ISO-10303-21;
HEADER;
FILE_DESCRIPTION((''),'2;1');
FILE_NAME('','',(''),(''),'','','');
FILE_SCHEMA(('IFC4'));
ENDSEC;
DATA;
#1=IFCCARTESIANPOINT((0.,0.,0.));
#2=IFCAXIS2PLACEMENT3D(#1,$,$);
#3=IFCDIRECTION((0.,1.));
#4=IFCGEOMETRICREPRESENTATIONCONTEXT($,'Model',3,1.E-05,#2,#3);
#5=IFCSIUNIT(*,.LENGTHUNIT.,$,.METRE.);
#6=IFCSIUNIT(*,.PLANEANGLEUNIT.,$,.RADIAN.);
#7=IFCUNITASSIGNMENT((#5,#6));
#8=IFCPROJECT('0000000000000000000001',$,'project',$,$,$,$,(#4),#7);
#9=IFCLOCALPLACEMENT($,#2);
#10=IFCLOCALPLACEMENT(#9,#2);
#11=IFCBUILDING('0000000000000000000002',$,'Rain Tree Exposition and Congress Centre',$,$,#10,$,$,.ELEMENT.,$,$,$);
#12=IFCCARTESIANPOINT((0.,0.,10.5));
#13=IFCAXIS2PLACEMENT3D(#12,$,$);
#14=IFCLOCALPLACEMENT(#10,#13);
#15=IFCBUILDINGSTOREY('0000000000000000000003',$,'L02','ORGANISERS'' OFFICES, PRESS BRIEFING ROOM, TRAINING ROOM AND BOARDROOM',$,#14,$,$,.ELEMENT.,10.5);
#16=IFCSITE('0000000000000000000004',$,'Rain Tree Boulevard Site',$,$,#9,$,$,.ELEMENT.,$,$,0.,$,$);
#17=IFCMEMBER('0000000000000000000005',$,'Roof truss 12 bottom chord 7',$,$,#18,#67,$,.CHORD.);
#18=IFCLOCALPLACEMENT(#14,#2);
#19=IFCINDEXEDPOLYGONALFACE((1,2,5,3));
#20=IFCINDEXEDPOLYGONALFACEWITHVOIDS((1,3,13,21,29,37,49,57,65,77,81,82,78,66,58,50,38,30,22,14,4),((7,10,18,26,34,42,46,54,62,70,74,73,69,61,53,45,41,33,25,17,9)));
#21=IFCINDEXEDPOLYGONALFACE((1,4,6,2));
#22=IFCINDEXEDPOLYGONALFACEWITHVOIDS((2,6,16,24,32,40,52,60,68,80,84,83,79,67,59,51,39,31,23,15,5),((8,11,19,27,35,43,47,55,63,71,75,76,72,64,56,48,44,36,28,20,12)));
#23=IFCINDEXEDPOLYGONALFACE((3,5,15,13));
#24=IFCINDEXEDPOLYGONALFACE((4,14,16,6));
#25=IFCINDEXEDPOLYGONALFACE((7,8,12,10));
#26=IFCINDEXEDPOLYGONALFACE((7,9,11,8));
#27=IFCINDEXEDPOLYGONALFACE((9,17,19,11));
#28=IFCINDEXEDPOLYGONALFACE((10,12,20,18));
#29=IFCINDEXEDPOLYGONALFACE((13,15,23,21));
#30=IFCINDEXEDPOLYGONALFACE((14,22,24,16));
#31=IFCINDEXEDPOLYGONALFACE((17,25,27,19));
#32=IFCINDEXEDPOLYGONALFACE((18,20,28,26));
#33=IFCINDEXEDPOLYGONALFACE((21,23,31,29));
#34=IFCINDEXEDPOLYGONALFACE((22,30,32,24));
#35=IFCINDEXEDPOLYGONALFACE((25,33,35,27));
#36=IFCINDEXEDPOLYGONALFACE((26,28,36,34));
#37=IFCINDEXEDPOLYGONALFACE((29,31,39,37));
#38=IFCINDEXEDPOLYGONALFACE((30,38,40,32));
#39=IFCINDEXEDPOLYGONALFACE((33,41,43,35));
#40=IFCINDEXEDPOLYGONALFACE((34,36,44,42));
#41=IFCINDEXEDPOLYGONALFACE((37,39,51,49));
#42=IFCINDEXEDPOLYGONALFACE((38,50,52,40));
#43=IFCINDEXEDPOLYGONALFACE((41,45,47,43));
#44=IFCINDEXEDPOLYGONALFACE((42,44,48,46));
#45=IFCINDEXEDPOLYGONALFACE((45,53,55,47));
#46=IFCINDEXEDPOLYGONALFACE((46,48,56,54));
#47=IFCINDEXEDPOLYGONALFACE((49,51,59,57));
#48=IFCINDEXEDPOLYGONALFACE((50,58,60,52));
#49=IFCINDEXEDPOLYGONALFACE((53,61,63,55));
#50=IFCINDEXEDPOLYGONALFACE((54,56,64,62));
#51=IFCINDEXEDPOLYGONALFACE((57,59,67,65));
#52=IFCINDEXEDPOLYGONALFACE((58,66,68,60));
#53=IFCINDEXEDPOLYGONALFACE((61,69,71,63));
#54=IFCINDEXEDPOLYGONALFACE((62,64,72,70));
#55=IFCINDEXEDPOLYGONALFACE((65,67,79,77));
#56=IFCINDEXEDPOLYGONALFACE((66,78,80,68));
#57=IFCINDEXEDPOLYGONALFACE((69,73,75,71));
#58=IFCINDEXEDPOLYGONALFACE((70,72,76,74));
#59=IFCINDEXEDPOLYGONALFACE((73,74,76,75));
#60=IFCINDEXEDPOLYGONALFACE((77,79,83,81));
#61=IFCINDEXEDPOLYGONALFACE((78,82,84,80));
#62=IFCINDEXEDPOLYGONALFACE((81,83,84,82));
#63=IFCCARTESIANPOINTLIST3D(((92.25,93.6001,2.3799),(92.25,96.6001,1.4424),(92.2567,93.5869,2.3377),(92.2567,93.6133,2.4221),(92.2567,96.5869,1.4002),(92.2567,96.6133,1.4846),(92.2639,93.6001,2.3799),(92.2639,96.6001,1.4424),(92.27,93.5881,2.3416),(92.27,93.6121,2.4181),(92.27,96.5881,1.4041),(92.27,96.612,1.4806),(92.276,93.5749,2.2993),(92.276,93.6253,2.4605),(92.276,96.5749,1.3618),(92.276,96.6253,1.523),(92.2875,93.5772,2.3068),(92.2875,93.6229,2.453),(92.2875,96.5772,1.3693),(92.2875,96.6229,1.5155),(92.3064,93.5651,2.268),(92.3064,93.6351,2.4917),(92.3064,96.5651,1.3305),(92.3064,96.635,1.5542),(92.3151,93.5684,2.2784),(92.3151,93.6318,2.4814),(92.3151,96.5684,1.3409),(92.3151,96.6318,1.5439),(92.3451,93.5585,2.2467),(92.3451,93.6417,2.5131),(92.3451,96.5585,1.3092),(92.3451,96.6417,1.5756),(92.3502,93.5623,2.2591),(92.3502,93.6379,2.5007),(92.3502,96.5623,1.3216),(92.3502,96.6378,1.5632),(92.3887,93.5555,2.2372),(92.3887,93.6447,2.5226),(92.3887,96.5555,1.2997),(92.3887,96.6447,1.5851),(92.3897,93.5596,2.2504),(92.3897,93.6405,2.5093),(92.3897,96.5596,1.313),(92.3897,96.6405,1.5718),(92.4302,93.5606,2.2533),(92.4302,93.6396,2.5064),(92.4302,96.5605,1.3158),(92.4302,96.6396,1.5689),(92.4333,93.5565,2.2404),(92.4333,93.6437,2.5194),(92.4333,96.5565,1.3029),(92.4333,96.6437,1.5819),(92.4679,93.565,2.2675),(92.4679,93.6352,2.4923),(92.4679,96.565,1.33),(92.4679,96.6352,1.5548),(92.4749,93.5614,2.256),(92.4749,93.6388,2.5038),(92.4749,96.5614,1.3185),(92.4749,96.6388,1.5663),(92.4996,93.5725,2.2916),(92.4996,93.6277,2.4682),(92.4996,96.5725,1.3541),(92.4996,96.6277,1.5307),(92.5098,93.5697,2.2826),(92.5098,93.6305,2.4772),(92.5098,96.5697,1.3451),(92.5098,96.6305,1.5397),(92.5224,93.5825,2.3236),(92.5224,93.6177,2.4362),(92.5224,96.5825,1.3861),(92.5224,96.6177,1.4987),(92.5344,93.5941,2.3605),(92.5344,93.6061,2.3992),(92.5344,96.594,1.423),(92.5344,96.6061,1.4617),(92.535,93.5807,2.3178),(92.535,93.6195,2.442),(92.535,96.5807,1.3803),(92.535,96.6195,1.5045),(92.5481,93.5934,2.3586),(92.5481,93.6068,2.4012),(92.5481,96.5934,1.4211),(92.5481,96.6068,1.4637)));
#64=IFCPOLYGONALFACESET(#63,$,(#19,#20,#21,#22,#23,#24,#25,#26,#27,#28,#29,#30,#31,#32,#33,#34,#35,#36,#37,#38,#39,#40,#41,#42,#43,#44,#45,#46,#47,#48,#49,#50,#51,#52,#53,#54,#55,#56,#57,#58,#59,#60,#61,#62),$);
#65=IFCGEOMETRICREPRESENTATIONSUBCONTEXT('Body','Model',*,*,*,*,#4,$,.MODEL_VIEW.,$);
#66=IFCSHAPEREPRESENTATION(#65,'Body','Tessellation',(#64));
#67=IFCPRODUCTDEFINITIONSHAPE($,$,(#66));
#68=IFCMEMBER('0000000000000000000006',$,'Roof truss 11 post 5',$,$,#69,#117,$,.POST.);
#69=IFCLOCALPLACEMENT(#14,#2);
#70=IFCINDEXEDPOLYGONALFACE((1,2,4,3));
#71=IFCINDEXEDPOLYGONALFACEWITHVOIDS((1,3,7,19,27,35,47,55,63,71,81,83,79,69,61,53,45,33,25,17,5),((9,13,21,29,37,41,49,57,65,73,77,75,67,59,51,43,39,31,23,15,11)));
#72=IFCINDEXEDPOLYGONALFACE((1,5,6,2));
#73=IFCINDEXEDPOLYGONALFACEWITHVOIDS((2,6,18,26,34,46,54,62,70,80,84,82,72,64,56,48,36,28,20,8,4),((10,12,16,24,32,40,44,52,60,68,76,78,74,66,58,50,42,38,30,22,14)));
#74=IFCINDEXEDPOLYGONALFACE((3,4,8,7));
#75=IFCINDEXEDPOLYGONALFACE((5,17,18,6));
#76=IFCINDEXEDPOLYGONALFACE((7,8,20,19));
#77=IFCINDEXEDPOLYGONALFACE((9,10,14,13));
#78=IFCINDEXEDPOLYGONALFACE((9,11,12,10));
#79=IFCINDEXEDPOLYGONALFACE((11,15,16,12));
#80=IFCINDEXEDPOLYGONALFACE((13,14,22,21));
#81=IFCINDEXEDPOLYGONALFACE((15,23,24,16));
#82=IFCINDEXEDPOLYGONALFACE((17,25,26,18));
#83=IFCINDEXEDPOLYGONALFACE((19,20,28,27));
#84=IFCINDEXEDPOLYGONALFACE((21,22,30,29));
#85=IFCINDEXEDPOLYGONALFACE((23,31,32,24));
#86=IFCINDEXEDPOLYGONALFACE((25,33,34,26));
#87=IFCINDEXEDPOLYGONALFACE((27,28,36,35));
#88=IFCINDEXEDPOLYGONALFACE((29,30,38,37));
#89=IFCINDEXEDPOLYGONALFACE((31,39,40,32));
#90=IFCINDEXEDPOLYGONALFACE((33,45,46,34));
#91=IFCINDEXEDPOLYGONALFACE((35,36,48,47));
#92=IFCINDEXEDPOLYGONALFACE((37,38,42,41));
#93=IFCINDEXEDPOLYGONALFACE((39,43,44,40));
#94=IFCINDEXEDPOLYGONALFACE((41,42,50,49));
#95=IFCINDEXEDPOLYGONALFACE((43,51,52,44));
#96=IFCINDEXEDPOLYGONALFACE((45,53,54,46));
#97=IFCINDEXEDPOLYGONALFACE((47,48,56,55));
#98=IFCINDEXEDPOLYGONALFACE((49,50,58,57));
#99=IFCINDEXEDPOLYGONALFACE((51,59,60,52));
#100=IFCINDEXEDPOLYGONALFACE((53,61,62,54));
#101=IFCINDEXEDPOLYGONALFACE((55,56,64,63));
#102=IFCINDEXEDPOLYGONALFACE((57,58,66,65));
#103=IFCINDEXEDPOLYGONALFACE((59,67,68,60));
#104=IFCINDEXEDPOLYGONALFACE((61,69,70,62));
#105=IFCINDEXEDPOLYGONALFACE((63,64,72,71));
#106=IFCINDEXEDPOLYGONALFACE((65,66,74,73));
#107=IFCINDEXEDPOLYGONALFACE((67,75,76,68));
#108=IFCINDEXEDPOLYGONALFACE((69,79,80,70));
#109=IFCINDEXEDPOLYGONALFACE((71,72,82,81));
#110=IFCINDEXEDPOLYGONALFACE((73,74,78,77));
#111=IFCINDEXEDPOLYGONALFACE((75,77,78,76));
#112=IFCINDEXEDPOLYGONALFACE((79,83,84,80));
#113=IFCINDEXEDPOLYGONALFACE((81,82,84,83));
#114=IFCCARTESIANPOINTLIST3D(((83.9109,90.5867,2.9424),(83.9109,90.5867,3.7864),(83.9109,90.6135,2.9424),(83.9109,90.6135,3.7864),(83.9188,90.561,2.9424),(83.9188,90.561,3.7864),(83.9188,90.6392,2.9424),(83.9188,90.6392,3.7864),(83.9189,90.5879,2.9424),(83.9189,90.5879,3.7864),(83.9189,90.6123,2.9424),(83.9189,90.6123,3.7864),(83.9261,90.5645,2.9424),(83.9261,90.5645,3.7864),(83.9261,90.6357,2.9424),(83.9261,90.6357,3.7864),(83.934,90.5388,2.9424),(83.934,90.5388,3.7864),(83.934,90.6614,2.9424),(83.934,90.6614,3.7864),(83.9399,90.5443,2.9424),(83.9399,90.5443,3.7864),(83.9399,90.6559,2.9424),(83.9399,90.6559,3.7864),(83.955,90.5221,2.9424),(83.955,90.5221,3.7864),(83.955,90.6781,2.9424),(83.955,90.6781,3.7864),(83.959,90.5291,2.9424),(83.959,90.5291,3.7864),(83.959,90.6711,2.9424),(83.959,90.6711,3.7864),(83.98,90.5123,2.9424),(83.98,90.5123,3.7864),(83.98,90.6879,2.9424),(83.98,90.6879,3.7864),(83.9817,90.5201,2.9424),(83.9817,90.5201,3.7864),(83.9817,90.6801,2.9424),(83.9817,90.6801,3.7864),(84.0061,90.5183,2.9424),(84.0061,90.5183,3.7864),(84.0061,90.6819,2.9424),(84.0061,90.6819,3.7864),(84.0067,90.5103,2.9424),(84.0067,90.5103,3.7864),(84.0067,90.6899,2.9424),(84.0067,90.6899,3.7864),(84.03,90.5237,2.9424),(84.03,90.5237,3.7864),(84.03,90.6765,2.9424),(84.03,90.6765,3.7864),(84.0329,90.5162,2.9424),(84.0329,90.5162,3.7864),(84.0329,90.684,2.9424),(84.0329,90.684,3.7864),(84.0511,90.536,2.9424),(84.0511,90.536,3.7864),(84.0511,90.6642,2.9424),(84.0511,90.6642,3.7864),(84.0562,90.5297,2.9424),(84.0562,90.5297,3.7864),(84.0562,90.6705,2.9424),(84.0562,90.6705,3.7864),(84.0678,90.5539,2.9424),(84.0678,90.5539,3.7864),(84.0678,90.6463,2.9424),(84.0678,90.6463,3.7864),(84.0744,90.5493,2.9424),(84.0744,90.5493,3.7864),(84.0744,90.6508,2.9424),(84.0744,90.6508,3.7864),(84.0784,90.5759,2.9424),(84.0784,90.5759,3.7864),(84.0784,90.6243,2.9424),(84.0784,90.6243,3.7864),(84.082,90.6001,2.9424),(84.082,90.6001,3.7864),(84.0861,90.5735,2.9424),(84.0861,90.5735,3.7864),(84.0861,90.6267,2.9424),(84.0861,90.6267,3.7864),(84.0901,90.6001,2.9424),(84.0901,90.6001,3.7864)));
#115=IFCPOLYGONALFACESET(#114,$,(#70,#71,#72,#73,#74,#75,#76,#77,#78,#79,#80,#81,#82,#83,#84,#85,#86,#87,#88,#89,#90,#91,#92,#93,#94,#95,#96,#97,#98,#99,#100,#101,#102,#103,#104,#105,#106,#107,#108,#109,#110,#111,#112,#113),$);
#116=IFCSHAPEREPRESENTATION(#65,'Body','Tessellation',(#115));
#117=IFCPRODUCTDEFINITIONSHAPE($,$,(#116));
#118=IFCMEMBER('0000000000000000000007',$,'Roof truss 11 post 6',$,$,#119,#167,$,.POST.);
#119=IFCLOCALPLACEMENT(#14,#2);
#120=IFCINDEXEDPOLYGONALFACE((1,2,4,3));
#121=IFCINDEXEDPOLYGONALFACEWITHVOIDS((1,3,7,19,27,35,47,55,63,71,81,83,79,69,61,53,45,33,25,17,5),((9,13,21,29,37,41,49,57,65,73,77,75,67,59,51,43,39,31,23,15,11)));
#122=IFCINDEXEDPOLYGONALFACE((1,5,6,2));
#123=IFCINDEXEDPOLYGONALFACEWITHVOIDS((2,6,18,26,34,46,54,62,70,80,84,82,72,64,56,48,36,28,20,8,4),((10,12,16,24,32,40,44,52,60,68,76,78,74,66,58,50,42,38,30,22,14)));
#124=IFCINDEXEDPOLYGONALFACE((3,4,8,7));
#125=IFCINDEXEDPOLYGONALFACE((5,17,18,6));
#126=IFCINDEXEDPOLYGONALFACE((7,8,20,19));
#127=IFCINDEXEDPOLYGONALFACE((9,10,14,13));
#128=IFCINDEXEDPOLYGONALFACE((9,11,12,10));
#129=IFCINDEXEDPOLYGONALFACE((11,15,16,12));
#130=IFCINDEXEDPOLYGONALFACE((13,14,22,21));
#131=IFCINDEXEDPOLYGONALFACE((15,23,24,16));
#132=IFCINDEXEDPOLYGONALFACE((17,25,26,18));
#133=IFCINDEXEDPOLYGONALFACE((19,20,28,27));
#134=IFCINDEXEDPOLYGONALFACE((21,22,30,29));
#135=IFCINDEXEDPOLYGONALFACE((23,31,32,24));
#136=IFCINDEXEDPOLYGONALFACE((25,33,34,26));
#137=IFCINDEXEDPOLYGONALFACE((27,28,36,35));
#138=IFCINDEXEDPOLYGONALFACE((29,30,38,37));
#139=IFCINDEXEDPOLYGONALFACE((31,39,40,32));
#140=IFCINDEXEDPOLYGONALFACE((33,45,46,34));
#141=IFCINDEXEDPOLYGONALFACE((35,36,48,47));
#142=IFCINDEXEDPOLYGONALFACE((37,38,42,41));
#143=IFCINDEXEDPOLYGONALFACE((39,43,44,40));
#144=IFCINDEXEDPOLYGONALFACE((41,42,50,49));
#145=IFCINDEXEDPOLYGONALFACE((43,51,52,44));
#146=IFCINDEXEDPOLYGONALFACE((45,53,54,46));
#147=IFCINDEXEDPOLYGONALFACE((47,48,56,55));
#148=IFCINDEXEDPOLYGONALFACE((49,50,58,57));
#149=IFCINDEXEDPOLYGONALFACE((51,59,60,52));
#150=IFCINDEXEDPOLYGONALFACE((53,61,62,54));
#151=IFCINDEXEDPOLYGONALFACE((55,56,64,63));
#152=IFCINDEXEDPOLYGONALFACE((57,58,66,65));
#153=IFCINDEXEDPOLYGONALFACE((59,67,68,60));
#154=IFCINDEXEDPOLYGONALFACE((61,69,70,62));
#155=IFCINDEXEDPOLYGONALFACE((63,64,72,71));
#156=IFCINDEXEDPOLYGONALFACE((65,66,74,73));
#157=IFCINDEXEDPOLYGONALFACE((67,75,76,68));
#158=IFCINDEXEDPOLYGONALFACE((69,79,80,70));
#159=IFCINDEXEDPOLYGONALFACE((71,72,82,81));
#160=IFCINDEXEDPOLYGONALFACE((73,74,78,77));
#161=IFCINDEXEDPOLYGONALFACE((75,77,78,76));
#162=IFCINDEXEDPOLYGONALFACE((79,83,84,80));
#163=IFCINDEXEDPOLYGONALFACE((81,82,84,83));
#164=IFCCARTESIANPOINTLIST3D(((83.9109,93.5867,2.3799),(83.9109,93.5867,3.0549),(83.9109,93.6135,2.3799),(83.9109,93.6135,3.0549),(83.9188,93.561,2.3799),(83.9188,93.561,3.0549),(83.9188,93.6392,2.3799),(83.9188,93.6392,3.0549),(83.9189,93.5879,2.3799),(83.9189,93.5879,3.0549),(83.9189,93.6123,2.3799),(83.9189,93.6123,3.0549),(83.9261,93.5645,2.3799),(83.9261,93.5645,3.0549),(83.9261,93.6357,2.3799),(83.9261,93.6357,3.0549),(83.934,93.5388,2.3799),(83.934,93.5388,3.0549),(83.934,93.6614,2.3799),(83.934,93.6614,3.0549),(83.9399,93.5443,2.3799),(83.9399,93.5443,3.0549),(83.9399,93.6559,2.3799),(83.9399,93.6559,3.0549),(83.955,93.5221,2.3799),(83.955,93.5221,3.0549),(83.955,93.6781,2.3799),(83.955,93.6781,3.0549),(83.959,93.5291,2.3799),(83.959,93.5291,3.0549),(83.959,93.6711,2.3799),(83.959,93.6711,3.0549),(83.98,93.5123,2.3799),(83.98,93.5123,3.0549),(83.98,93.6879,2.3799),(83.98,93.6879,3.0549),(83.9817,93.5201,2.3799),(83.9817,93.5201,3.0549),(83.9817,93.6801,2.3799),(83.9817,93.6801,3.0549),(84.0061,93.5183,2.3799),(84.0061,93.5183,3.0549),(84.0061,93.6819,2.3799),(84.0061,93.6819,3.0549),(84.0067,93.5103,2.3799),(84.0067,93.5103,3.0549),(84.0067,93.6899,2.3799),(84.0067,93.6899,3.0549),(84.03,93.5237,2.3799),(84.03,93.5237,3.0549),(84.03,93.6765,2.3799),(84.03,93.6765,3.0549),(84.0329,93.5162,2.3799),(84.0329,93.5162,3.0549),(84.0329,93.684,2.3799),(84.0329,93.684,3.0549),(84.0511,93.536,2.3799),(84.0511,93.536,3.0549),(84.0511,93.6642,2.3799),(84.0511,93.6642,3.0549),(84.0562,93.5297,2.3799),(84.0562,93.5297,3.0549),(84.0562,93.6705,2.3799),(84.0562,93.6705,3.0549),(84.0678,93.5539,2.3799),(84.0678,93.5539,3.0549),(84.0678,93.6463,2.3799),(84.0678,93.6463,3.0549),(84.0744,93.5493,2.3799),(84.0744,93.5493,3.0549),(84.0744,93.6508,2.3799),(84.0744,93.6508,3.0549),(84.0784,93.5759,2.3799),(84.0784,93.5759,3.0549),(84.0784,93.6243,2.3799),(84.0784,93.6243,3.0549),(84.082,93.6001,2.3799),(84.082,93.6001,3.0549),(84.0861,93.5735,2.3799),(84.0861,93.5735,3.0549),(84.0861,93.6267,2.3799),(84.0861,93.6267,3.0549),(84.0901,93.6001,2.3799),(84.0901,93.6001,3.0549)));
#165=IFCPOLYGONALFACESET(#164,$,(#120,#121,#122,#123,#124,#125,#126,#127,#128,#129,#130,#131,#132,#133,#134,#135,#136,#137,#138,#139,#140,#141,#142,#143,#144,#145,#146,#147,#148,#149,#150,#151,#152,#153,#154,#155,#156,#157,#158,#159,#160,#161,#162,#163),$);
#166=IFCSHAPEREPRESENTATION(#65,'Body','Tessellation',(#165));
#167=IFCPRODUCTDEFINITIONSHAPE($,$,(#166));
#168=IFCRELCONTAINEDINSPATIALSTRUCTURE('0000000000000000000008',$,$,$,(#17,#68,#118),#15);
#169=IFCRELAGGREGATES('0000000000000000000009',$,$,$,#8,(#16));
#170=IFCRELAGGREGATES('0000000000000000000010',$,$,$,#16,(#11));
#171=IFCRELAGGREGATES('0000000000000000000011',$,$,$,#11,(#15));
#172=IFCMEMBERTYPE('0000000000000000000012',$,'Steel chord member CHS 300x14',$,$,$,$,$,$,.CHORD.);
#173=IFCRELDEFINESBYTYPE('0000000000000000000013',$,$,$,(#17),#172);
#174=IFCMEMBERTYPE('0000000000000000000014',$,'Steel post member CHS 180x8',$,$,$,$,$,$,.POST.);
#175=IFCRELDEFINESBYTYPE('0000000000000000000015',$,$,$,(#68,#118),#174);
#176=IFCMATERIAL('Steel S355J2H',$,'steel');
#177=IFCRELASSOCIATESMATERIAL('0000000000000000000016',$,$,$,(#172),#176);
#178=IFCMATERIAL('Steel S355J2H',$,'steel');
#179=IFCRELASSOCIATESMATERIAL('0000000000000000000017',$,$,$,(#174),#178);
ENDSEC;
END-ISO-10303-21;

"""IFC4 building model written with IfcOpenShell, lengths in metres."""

from ifc_helpers import new_model, si_unit, direction, frame, origin, origin_2d, place, context, subcontext, project, spatial, hollow_circle, extrude, material, material_profile, profile_set, type_object, element, save


model = new_model("IFC4")

# Units and contexts
model_context = context("Model", 3, precision=1e-05, world=origin(), true_north=direction((0.0, 1.0)))
body_context = subcontext(model_context, "Body", "Model", "MODEL_VIEW")
ifc_project = project(units=[si_unit("LENGTHUNIT", "METRE"), si_unit("PLANEANGLEUNIT", "RADIAN")], contexts=[model_context])

# Site, building, storey
site_placement = place(None, origin())
site = spatial("IfcSite", under=ifc_project, at=site_placement, Name="Rain Tree Boulevard Site", CompositionType="ELEMENT", RefElevation=0.0)
building_placement = place(site_placement, origin())
building = spatial("IfcBuilding", under=site, at=building_placement, Name="Rain Tree Exposition and Congress Centre", CompositionType="ELEMENT")
storey_placement = place(building_placement, frame((0.0, 0.0, 10.5)))
storey = spatial("IfcBuildingStorey", under=building, at=storey_placement, Name="L02", Description="ORGANISERS' OFFICES, PRESS BRIEFING ROOM, TRAINING ROOM AND BOARDROOM", CompositionType="ELEMENT", Elevation=10.5)

# Members
ifc_material_1 = material(Name="Steel S355J2H", Category="steel")
ifc_material_profile_1 = material_profile(ifc_material_1, hollow_circle(Radius=0.1499, WallThickness=0.0139, at=origin_2d()), Name="CHS 300x14")
ifc_profile_set_1 = profile_set([ifc_material_profile_1], Name="Steel S355J2H")
member_type_1 = type_object("IfcMemberType", Name="Steel chord member CHS 300x14", PredefinedType="CHORD", material=ifc_profile_set_1)
member_1_placement = place(storey_placement, frame((92.3999, 93.6001, 2.3799), z_axis=(0.0, 0.95448, -0.298275), x_axis=(-1.0, 0.0, 0.0)))
element("IfcMember", 1, at=member_1_placement, inside=storey, type_object=member_type_1, Name="Roof truss 12 bottom chord 7", PredefinedType="CHORD", context=body_context, shape_type="SweptSolid", body=[
    extrude(hollow_circle(Radius=0.1499, WallThickness=0.0139, at=origin_2d()), origin(), (0.0, 0.0, 1.0), 3.1431),
])
ifc_material_2 = material(Name="Steel S355J2H", Category="steel")
ifc_material_profile_2 = material_profile(ifc_material_2, hollow_circle(Radius=0.0901, WallThickness=0.0081, at=origin_2d()), Name="CHS 180x8")
ifc_profile_set_2 = profile_set([ifc_material_profile_2], Name="Steel S355J2H")
member_type_2 = type_object("IfcMemberType", Name="Steel post member CHS 180x8", PredefinedType="POST", material=ifc_profile_set_2)
member_2_placement = place(storey_placement, frame((84.0, 90.6001, 2.9424), z_axis=(0.0, 0.0, 1.0), x_axis=(1.0, 0.0, 0.0)))
element("IfcMember", 2, at=member_2_placement, inside=storey, type_object=member_type_2, Name="Roof truss 11 post 5", PredefinedType="POST", context=body_context, shape_type="SweptSolid", body=[
    extrude(hollow_circle(Radius=0.0901, WallThickness=0.0081, at=origin_2d()), origin(), (0.0, 0.0, 1.0), 0.844),
])
member_3_placement = place(storey_placement, frame((84.0, 93.6001, 2.3799), z_axis=(0.0, 0.0, 1.0), x_axis=(1.0, 0.0, 0.0)))
element("IfcMember", 3, at=member_3_placement, inside=storey, type_object=member_type_2, Name="Roof truss 11 post 6", PredefinedType="POST", context=body_context, shape_type="SweptSolid", body=[
    extrude(hollow_circle(Radius=0.0901, WallThickness=0.0081, at=origin_2d()), origin(), (0.0, 0.0, 1.0), 0.675),
])

save(model, "model.ifc")
